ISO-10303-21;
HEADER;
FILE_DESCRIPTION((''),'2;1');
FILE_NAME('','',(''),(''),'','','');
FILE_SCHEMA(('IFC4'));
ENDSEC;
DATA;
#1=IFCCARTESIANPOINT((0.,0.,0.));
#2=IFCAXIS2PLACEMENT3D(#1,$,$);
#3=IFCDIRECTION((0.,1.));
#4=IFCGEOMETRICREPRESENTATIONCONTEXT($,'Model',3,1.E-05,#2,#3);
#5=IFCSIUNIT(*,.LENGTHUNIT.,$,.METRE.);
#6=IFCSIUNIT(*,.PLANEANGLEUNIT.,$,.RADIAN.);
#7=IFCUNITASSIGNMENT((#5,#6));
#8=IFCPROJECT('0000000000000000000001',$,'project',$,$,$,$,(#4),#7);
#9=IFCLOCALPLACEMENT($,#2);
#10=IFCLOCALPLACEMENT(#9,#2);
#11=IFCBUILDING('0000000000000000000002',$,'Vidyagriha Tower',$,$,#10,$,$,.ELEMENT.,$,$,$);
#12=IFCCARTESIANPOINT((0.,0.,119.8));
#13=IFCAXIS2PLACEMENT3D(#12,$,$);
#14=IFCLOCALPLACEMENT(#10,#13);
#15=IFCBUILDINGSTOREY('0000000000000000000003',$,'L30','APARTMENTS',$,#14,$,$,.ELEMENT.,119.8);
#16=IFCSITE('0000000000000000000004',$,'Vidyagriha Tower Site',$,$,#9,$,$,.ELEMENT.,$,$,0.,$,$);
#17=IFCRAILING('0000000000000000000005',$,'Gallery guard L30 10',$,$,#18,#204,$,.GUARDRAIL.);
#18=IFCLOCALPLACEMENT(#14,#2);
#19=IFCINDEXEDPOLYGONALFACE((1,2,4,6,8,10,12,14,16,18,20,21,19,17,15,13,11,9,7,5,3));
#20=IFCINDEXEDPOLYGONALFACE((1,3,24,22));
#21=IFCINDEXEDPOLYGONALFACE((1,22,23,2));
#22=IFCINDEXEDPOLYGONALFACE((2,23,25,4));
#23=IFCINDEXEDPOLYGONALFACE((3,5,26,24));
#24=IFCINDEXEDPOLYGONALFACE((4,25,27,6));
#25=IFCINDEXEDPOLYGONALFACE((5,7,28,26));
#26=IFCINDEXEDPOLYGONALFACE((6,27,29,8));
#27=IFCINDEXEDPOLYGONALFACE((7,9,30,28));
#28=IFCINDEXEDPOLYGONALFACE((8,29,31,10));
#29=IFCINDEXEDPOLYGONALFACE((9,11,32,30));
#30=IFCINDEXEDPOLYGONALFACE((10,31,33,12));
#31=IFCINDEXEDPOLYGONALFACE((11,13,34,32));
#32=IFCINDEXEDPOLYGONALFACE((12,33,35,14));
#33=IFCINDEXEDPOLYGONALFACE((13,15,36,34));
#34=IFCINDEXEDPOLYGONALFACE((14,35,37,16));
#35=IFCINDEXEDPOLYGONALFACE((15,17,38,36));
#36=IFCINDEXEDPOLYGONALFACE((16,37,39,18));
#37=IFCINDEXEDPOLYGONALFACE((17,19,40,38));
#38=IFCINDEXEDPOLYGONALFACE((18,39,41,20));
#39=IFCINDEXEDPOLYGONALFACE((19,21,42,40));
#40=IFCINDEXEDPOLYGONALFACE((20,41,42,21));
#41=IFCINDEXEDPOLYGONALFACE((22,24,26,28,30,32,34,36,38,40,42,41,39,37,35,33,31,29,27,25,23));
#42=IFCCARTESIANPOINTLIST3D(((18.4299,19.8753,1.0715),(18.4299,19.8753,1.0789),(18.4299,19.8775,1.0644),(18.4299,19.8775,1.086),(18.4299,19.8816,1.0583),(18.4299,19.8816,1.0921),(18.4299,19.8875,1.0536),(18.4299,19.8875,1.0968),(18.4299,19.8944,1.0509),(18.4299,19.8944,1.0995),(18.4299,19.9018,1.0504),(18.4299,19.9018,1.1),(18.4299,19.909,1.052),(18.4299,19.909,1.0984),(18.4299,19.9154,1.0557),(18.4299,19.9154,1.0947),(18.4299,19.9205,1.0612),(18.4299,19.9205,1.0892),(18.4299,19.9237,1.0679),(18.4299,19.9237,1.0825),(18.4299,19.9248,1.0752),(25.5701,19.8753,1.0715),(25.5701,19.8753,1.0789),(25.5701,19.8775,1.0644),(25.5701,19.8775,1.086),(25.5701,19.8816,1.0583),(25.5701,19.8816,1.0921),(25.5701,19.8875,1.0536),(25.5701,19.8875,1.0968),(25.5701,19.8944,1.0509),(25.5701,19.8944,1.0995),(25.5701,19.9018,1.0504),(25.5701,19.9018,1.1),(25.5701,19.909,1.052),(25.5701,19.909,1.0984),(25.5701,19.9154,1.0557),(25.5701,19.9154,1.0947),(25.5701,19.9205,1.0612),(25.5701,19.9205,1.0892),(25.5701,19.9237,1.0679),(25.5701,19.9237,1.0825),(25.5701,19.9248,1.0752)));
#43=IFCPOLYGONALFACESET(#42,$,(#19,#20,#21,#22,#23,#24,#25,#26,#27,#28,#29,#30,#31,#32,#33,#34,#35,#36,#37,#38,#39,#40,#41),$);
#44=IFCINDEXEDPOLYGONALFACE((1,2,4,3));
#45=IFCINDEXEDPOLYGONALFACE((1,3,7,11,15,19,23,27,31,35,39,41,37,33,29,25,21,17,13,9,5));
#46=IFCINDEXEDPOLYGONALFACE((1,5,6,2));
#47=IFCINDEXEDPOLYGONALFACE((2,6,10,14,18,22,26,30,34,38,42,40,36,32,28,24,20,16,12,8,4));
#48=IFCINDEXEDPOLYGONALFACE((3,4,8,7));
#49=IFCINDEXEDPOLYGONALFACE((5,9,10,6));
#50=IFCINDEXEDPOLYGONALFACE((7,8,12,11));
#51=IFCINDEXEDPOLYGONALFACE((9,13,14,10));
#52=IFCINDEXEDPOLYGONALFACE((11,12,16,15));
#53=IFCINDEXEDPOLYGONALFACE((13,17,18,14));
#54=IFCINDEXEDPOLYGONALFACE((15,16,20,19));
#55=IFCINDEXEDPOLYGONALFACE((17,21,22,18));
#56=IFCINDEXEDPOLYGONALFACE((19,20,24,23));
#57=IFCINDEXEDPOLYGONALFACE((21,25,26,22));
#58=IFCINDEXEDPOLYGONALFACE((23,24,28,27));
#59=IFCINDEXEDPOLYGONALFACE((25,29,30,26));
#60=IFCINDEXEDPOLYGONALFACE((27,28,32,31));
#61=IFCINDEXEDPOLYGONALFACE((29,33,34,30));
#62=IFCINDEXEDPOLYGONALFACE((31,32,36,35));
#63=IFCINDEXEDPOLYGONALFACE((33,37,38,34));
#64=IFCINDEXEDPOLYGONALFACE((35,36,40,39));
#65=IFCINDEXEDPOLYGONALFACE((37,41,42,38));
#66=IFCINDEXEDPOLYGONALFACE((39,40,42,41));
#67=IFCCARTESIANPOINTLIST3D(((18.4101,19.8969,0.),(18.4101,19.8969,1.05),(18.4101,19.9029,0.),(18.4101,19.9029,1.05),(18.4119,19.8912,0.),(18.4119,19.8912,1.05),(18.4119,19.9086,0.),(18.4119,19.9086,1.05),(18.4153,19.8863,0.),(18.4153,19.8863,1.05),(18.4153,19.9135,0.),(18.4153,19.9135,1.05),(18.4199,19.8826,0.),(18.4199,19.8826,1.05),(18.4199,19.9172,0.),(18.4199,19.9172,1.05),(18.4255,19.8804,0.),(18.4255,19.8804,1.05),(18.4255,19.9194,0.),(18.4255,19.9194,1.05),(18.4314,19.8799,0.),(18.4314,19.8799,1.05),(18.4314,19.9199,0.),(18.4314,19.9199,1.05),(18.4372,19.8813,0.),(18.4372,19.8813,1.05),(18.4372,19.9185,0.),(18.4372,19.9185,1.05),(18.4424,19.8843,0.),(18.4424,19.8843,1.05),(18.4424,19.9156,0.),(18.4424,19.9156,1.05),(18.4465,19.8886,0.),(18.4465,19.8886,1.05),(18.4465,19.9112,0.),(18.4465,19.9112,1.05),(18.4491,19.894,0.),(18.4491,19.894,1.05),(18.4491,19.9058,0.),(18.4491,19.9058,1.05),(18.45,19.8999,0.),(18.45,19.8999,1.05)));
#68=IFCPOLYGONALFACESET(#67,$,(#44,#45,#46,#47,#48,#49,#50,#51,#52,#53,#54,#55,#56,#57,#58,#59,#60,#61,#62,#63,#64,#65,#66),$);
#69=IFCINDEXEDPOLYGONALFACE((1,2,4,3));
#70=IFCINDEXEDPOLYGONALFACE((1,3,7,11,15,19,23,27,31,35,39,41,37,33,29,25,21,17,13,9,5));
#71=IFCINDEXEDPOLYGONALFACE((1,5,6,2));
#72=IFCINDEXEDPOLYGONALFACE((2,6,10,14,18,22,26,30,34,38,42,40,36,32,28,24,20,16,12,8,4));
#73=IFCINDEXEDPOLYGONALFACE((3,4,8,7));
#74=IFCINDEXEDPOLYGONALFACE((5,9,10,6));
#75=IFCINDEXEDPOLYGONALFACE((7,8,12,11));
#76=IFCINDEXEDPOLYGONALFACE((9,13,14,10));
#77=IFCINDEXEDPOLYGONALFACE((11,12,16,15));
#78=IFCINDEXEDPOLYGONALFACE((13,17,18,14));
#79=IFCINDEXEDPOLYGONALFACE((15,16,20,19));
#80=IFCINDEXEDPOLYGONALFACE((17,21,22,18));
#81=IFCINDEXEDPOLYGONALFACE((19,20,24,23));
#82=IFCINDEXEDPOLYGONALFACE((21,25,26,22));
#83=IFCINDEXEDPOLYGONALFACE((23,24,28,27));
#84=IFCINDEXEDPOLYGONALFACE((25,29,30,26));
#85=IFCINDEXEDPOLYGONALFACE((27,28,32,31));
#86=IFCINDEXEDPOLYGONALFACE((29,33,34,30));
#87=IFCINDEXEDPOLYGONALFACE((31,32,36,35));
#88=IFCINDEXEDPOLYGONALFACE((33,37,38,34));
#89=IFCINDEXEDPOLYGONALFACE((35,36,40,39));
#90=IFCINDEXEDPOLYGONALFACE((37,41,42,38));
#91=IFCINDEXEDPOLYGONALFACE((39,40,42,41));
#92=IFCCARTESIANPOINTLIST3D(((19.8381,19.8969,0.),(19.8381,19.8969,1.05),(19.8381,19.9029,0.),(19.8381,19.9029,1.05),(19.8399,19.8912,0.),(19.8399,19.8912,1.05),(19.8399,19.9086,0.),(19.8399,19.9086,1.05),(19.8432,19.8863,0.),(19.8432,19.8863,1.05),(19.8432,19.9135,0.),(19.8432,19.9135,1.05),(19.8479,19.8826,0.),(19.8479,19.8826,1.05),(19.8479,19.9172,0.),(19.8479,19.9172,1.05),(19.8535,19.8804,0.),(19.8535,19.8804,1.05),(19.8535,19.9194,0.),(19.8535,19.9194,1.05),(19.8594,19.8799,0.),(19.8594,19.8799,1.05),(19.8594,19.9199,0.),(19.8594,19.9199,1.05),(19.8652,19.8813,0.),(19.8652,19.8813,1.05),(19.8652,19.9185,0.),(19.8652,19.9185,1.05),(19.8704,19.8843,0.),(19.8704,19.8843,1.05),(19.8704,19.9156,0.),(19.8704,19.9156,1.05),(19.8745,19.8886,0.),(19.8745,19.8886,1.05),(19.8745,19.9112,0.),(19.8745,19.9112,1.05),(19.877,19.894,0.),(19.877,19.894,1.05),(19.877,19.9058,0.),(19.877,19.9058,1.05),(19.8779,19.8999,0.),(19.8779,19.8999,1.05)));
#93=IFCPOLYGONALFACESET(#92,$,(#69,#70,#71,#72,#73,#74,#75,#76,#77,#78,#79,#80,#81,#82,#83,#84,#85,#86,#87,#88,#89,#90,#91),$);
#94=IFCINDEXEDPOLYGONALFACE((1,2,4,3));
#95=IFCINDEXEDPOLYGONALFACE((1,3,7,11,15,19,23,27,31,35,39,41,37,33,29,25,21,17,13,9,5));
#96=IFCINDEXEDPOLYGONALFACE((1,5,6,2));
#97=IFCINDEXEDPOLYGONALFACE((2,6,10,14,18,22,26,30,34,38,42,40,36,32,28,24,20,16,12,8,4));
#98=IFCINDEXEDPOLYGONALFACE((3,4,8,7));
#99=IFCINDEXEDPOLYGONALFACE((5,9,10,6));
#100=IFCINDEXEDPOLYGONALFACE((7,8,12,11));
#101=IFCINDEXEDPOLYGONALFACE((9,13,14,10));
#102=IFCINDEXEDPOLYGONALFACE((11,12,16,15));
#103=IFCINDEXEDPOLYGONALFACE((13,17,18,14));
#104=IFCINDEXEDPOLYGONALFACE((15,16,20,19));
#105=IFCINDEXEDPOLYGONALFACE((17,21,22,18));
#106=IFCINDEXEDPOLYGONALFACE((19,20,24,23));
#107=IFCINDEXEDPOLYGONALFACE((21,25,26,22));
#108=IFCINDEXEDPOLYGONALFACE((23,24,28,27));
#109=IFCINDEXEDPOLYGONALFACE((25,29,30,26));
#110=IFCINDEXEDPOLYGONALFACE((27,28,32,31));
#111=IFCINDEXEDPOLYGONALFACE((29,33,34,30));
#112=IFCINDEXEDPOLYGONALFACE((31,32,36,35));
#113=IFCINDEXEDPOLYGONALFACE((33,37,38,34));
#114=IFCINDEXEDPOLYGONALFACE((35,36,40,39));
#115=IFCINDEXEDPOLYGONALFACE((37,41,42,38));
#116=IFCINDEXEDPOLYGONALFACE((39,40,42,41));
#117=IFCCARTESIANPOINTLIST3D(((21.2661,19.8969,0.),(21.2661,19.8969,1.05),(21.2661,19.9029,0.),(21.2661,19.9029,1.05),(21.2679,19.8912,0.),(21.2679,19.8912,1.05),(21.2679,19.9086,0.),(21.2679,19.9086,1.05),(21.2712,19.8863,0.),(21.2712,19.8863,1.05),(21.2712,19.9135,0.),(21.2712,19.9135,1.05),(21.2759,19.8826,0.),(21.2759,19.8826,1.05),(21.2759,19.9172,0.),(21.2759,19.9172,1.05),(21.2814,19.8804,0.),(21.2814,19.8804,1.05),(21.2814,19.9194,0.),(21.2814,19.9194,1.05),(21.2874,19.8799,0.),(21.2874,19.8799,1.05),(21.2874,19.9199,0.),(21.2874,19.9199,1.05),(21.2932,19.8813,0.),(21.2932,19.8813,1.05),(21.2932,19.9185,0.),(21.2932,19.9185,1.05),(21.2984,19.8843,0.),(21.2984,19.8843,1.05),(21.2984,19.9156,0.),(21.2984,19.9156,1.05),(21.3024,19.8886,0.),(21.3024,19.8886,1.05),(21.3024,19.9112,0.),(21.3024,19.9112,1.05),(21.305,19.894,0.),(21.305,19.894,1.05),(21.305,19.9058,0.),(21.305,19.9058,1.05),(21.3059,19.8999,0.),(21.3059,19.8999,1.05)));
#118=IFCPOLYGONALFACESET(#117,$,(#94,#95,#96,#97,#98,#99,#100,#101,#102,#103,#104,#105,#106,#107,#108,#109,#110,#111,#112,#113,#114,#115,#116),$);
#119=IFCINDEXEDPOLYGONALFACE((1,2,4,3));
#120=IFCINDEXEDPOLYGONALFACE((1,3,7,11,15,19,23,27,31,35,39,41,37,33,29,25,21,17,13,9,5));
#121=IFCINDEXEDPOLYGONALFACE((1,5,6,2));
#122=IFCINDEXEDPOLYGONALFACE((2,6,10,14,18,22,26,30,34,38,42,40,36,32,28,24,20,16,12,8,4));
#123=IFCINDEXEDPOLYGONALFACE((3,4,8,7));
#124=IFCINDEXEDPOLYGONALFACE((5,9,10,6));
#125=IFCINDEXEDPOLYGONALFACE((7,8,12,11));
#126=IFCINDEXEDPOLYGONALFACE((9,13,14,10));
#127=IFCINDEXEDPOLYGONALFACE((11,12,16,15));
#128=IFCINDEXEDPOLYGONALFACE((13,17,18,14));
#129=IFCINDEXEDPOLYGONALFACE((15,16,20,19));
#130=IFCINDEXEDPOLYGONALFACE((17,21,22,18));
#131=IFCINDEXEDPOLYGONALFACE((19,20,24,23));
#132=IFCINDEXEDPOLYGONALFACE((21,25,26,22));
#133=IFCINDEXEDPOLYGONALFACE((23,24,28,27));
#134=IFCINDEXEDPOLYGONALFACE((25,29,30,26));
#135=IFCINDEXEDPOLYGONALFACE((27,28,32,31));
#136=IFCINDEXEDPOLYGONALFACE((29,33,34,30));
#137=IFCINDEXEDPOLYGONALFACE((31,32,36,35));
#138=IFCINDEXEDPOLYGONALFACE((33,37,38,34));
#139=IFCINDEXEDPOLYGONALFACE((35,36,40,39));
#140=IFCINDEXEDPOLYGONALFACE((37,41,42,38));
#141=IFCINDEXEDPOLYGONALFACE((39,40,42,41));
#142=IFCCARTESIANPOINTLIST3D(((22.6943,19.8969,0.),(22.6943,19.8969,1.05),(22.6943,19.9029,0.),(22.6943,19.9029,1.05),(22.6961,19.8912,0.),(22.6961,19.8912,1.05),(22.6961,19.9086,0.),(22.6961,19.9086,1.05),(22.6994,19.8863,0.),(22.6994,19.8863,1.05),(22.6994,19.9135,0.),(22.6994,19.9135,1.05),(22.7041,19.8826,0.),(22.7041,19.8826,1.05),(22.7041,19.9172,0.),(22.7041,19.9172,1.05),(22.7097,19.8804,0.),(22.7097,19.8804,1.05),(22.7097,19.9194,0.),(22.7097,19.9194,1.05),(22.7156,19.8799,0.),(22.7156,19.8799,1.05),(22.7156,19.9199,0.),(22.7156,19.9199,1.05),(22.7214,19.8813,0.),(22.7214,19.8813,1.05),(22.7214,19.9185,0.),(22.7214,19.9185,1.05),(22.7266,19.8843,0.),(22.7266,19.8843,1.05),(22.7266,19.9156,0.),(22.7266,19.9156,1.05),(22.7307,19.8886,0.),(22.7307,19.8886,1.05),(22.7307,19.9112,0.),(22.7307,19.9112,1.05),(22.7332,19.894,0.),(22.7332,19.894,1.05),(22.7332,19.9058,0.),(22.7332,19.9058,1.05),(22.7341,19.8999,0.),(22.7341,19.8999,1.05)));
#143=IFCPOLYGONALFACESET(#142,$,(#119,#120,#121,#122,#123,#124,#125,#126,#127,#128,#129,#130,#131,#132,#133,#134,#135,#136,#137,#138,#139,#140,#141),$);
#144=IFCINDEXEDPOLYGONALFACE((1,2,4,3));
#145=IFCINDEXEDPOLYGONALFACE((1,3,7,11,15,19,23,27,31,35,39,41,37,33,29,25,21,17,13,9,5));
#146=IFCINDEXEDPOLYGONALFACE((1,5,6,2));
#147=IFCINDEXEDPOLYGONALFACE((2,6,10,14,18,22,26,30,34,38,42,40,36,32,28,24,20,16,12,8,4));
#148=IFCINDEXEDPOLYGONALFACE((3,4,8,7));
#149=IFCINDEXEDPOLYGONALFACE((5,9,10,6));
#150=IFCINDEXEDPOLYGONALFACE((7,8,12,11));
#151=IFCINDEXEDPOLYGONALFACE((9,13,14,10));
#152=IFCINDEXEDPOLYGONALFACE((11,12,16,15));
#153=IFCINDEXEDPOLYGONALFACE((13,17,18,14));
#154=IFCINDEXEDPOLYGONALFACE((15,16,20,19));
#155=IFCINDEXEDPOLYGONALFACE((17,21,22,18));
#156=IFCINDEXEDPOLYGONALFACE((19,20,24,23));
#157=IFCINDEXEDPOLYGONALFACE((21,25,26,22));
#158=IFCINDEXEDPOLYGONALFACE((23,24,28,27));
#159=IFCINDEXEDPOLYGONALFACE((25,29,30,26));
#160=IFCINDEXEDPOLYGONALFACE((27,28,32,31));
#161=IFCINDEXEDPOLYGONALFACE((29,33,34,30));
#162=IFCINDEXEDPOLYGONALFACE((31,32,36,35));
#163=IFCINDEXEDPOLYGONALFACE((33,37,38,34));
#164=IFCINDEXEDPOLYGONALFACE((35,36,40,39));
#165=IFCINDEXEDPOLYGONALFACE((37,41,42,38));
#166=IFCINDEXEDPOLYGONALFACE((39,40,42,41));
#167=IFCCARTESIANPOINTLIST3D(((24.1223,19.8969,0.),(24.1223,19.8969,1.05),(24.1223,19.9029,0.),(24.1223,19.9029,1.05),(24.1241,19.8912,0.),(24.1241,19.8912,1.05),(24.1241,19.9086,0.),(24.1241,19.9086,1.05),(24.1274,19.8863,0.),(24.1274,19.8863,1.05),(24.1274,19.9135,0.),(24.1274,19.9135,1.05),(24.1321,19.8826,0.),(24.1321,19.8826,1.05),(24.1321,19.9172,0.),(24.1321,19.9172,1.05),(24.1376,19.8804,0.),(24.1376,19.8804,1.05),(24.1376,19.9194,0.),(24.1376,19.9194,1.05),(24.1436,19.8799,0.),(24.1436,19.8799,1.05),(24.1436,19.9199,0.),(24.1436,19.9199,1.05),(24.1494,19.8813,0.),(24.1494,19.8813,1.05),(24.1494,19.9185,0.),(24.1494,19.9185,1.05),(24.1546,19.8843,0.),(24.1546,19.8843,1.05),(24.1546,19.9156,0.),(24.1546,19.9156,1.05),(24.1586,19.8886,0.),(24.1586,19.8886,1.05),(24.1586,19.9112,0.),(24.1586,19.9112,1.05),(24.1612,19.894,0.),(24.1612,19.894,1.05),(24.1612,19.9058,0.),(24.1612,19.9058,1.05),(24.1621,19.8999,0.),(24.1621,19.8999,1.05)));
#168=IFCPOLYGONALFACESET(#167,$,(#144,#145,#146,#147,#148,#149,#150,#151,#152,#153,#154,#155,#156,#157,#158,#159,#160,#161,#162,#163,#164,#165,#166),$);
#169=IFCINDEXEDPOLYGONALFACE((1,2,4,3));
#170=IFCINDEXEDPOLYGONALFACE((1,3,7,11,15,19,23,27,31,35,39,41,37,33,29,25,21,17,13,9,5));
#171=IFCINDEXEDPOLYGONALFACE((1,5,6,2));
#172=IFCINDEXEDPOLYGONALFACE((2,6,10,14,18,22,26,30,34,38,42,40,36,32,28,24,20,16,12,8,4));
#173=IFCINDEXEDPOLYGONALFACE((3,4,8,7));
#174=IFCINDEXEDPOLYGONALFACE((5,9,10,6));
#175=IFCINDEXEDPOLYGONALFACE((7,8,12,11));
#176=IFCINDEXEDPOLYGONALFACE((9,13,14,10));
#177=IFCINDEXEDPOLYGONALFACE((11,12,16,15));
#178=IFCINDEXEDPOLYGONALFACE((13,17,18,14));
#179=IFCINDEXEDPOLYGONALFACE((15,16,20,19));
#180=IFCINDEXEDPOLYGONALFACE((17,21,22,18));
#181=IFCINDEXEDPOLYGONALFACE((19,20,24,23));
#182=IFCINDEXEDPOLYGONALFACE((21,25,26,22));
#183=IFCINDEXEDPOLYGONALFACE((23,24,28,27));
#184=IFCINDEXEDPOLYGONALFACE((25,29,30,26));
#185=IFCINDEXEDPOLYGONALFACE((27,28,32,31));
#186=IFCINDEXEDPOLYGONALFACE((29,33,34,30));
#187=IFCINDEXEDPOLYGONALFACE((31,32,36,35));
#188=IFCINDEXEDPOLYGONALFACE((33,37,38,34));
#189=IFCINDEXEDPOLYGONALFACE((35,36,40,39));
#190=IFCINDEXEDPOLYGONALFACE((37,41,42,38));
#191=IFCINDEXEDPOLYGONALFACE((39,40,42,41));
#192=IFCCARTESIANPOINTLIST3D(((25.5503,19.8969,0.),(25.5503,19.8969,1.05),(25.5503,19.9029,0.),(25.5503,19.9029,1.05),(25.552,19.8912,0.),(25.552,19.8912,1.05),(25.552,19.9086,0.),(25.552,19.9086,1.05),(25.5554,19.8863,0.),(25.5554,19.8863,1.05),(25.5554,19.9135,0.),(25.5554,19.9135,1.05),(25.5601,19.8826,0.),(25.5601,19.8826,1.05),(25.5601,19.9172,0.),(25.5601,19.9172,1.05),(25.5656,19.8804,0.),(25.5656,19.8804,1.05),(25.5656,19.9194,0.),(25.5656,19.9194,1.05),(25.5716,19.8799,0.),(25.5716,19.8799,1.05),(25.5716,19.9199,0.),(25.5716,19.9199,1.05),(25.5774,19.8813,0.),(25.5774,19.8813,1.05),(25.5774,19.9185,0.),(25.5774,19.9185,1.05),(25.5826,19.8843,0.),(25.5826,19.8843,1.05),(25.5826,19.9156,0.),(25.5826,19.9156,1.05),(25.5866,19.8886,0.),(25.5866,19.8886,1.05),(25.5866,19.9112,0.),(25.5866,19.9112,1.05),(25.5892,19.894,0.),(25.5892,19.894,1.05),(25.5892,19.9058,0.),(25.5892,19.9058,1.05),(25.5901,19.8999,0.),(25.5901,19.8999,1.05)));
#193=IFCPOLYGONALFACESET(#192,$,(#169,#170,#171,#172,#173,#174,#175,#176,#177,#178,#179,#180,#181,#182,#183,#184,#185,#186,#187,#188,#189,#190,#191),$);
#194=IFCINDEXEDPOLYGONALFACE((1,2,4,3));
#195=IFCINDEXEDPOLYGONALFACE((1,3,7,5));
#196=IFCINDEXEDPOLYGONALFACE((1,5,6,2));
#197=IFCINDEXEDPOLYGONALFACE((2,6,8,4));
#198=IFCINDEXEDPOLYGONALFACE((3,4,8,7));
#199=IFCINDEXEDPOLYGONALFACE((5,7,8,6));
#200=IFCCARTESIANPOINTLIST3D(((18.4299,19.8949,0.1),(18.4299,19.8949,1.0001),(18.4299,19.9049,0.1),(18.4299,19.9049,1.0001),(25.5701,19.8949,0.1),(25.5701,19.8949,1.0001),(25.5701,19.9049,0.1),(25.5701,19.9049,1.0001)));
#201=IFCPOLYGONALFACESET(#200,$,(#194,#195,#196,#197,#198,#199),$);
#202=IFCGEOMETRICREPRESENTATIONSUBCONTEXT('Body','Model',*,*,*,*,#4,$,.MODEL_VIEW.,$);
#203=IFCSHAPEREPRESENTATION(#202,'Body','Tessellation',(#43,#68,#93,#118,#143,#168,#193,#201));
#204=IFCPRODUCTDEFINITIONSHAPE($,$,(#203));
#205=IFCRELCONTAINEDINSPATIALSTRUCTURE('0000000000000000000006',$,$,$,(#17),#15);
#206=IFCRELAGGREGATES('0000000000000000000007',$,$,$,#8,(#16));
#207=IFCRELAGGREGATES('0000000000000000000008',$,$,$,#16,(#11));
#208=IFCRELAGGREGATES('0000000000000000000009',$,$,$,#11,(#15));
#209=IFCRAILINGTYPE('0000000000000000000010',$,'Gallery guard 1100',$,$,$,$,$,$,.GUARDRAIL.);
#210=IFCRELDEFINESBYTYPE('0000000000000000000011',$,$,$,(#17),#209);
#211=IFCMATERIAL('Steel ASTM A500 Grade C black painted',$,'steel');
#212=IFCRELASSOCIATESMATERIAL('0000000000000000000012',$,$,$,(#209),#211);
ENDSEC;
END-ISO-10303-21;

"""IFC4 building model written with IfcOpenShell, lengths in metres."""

from ifc_helpers import new_model, si_unit, direction, frame, origin, origin_2d, place, context, subcontext, project, spatial, rectangle, circle, extrude, material, type_object, element, save


model = new_model("IFC4")

# Units and contexts
model_context = context("Model", 3, precision=1e-05, world=origin(), true_north=direction((0.0, 1.0)))
body_context = subcontext(model_context, "Body", "Model", "MODEL_VIEW")
ifc_project = project(units=[si_unit("LENGTHUNIT", "METRE"), si_unit("PLANEANGLEUNIT", "RADIAN")], contexts=[model_context])

# Site, building, storey
site_placement = place(None, origin())
site = spatial("IfcSite", under=ifc_project, at=site_placement, Name="Vidyagriha Tower Site", CompositionType="ELEMENT", RefElevation=0.0)
building_placement = place(site_placement, origin())
building = spatial("IfcBuilding", under=site, at=building_placement, Name="Vidyagriha Tower", CompositionType="ELEMENT")
storey_placement = place(building_placement, frame((0.0, 0.0, 119.8)))
storey = spatial("IfcBuildingStorey", under=building, at=storey_placement, Name="L30", Description="APARTMENTS", CompositionType="ELEMENT", Elevation=119.8)

# Railing
ifc_material_1 = material(Name="Steel ASTM A500 Grade C black painted", Category="steel")
railing_type = type_object("IfcRailingType", Name="Gallery guard 1100", PredefinedType="GUARDRAIL", material=ifc_material_1)
railing_1_placement = place(storey_placement, frame((18.4299, 19.8999, 0.0)))
element("IfcRailing", 1, at=railing_1_placement, inside=storey, type_object=railing_type, Name="Gallery guard L30 10", PredefinedType="GUARDRAIL", context=body_context, shape_type="SweptSolid", body=[
    extrude(circle(Radius=0.0249, at=origin_2d()), frame((0.0, 0.0, 1.0752), z_axis=(1.0, 0.0, 0.0), x_axis=(0.0, 1.0, 0.0)), (0.0, 0.0, 1.0), 7.1401),
    extrude(circle(Radius=0.02, at=origin_2d()), origin(), (0.0, 0.0, 1.0), 1.05),
    extrude(circle(Radius=0.02, at=origin_2d()), frame((1.428, 0.0, 0.0)), (0.0, 0.0, 1.0), 1.05),
    extrude(circle(Radius=0.02, at=origin_2d()), frame((2.856, 0.0, 0.0)), (0.0, 0.0, 1.0), 1.05),
    extrude(circle(Radius=0.02, at=origin_2d()), frame((4.2842, 0.0, 0.0)), (0.0, 0.0, 1.0), 1.05),
    extrude(circle(Radius=0.02, at=origin_2d()), frame((5.7122, 0.0, 0.0)), (0.0, 0.0, 1.0), 1.05),
    extrude(circle(Radius=0.02, at=origin_2d()), frame((7.1401, 0.0, 0.0)), (0.0, 0.0, 1.0), 1.05),
    extrude(rectangle(XDim=0.01, YDim=0.9001, at=origin_2d()), frame((0.0, 0.0, 0.55), z_axis=(1.0, 0.0, 0.0), x_axis=(0.0, 1.0, 0.0)), (0.0, 0.0, 1.0), 7.1401),
])

save(model, "model.ifc")
